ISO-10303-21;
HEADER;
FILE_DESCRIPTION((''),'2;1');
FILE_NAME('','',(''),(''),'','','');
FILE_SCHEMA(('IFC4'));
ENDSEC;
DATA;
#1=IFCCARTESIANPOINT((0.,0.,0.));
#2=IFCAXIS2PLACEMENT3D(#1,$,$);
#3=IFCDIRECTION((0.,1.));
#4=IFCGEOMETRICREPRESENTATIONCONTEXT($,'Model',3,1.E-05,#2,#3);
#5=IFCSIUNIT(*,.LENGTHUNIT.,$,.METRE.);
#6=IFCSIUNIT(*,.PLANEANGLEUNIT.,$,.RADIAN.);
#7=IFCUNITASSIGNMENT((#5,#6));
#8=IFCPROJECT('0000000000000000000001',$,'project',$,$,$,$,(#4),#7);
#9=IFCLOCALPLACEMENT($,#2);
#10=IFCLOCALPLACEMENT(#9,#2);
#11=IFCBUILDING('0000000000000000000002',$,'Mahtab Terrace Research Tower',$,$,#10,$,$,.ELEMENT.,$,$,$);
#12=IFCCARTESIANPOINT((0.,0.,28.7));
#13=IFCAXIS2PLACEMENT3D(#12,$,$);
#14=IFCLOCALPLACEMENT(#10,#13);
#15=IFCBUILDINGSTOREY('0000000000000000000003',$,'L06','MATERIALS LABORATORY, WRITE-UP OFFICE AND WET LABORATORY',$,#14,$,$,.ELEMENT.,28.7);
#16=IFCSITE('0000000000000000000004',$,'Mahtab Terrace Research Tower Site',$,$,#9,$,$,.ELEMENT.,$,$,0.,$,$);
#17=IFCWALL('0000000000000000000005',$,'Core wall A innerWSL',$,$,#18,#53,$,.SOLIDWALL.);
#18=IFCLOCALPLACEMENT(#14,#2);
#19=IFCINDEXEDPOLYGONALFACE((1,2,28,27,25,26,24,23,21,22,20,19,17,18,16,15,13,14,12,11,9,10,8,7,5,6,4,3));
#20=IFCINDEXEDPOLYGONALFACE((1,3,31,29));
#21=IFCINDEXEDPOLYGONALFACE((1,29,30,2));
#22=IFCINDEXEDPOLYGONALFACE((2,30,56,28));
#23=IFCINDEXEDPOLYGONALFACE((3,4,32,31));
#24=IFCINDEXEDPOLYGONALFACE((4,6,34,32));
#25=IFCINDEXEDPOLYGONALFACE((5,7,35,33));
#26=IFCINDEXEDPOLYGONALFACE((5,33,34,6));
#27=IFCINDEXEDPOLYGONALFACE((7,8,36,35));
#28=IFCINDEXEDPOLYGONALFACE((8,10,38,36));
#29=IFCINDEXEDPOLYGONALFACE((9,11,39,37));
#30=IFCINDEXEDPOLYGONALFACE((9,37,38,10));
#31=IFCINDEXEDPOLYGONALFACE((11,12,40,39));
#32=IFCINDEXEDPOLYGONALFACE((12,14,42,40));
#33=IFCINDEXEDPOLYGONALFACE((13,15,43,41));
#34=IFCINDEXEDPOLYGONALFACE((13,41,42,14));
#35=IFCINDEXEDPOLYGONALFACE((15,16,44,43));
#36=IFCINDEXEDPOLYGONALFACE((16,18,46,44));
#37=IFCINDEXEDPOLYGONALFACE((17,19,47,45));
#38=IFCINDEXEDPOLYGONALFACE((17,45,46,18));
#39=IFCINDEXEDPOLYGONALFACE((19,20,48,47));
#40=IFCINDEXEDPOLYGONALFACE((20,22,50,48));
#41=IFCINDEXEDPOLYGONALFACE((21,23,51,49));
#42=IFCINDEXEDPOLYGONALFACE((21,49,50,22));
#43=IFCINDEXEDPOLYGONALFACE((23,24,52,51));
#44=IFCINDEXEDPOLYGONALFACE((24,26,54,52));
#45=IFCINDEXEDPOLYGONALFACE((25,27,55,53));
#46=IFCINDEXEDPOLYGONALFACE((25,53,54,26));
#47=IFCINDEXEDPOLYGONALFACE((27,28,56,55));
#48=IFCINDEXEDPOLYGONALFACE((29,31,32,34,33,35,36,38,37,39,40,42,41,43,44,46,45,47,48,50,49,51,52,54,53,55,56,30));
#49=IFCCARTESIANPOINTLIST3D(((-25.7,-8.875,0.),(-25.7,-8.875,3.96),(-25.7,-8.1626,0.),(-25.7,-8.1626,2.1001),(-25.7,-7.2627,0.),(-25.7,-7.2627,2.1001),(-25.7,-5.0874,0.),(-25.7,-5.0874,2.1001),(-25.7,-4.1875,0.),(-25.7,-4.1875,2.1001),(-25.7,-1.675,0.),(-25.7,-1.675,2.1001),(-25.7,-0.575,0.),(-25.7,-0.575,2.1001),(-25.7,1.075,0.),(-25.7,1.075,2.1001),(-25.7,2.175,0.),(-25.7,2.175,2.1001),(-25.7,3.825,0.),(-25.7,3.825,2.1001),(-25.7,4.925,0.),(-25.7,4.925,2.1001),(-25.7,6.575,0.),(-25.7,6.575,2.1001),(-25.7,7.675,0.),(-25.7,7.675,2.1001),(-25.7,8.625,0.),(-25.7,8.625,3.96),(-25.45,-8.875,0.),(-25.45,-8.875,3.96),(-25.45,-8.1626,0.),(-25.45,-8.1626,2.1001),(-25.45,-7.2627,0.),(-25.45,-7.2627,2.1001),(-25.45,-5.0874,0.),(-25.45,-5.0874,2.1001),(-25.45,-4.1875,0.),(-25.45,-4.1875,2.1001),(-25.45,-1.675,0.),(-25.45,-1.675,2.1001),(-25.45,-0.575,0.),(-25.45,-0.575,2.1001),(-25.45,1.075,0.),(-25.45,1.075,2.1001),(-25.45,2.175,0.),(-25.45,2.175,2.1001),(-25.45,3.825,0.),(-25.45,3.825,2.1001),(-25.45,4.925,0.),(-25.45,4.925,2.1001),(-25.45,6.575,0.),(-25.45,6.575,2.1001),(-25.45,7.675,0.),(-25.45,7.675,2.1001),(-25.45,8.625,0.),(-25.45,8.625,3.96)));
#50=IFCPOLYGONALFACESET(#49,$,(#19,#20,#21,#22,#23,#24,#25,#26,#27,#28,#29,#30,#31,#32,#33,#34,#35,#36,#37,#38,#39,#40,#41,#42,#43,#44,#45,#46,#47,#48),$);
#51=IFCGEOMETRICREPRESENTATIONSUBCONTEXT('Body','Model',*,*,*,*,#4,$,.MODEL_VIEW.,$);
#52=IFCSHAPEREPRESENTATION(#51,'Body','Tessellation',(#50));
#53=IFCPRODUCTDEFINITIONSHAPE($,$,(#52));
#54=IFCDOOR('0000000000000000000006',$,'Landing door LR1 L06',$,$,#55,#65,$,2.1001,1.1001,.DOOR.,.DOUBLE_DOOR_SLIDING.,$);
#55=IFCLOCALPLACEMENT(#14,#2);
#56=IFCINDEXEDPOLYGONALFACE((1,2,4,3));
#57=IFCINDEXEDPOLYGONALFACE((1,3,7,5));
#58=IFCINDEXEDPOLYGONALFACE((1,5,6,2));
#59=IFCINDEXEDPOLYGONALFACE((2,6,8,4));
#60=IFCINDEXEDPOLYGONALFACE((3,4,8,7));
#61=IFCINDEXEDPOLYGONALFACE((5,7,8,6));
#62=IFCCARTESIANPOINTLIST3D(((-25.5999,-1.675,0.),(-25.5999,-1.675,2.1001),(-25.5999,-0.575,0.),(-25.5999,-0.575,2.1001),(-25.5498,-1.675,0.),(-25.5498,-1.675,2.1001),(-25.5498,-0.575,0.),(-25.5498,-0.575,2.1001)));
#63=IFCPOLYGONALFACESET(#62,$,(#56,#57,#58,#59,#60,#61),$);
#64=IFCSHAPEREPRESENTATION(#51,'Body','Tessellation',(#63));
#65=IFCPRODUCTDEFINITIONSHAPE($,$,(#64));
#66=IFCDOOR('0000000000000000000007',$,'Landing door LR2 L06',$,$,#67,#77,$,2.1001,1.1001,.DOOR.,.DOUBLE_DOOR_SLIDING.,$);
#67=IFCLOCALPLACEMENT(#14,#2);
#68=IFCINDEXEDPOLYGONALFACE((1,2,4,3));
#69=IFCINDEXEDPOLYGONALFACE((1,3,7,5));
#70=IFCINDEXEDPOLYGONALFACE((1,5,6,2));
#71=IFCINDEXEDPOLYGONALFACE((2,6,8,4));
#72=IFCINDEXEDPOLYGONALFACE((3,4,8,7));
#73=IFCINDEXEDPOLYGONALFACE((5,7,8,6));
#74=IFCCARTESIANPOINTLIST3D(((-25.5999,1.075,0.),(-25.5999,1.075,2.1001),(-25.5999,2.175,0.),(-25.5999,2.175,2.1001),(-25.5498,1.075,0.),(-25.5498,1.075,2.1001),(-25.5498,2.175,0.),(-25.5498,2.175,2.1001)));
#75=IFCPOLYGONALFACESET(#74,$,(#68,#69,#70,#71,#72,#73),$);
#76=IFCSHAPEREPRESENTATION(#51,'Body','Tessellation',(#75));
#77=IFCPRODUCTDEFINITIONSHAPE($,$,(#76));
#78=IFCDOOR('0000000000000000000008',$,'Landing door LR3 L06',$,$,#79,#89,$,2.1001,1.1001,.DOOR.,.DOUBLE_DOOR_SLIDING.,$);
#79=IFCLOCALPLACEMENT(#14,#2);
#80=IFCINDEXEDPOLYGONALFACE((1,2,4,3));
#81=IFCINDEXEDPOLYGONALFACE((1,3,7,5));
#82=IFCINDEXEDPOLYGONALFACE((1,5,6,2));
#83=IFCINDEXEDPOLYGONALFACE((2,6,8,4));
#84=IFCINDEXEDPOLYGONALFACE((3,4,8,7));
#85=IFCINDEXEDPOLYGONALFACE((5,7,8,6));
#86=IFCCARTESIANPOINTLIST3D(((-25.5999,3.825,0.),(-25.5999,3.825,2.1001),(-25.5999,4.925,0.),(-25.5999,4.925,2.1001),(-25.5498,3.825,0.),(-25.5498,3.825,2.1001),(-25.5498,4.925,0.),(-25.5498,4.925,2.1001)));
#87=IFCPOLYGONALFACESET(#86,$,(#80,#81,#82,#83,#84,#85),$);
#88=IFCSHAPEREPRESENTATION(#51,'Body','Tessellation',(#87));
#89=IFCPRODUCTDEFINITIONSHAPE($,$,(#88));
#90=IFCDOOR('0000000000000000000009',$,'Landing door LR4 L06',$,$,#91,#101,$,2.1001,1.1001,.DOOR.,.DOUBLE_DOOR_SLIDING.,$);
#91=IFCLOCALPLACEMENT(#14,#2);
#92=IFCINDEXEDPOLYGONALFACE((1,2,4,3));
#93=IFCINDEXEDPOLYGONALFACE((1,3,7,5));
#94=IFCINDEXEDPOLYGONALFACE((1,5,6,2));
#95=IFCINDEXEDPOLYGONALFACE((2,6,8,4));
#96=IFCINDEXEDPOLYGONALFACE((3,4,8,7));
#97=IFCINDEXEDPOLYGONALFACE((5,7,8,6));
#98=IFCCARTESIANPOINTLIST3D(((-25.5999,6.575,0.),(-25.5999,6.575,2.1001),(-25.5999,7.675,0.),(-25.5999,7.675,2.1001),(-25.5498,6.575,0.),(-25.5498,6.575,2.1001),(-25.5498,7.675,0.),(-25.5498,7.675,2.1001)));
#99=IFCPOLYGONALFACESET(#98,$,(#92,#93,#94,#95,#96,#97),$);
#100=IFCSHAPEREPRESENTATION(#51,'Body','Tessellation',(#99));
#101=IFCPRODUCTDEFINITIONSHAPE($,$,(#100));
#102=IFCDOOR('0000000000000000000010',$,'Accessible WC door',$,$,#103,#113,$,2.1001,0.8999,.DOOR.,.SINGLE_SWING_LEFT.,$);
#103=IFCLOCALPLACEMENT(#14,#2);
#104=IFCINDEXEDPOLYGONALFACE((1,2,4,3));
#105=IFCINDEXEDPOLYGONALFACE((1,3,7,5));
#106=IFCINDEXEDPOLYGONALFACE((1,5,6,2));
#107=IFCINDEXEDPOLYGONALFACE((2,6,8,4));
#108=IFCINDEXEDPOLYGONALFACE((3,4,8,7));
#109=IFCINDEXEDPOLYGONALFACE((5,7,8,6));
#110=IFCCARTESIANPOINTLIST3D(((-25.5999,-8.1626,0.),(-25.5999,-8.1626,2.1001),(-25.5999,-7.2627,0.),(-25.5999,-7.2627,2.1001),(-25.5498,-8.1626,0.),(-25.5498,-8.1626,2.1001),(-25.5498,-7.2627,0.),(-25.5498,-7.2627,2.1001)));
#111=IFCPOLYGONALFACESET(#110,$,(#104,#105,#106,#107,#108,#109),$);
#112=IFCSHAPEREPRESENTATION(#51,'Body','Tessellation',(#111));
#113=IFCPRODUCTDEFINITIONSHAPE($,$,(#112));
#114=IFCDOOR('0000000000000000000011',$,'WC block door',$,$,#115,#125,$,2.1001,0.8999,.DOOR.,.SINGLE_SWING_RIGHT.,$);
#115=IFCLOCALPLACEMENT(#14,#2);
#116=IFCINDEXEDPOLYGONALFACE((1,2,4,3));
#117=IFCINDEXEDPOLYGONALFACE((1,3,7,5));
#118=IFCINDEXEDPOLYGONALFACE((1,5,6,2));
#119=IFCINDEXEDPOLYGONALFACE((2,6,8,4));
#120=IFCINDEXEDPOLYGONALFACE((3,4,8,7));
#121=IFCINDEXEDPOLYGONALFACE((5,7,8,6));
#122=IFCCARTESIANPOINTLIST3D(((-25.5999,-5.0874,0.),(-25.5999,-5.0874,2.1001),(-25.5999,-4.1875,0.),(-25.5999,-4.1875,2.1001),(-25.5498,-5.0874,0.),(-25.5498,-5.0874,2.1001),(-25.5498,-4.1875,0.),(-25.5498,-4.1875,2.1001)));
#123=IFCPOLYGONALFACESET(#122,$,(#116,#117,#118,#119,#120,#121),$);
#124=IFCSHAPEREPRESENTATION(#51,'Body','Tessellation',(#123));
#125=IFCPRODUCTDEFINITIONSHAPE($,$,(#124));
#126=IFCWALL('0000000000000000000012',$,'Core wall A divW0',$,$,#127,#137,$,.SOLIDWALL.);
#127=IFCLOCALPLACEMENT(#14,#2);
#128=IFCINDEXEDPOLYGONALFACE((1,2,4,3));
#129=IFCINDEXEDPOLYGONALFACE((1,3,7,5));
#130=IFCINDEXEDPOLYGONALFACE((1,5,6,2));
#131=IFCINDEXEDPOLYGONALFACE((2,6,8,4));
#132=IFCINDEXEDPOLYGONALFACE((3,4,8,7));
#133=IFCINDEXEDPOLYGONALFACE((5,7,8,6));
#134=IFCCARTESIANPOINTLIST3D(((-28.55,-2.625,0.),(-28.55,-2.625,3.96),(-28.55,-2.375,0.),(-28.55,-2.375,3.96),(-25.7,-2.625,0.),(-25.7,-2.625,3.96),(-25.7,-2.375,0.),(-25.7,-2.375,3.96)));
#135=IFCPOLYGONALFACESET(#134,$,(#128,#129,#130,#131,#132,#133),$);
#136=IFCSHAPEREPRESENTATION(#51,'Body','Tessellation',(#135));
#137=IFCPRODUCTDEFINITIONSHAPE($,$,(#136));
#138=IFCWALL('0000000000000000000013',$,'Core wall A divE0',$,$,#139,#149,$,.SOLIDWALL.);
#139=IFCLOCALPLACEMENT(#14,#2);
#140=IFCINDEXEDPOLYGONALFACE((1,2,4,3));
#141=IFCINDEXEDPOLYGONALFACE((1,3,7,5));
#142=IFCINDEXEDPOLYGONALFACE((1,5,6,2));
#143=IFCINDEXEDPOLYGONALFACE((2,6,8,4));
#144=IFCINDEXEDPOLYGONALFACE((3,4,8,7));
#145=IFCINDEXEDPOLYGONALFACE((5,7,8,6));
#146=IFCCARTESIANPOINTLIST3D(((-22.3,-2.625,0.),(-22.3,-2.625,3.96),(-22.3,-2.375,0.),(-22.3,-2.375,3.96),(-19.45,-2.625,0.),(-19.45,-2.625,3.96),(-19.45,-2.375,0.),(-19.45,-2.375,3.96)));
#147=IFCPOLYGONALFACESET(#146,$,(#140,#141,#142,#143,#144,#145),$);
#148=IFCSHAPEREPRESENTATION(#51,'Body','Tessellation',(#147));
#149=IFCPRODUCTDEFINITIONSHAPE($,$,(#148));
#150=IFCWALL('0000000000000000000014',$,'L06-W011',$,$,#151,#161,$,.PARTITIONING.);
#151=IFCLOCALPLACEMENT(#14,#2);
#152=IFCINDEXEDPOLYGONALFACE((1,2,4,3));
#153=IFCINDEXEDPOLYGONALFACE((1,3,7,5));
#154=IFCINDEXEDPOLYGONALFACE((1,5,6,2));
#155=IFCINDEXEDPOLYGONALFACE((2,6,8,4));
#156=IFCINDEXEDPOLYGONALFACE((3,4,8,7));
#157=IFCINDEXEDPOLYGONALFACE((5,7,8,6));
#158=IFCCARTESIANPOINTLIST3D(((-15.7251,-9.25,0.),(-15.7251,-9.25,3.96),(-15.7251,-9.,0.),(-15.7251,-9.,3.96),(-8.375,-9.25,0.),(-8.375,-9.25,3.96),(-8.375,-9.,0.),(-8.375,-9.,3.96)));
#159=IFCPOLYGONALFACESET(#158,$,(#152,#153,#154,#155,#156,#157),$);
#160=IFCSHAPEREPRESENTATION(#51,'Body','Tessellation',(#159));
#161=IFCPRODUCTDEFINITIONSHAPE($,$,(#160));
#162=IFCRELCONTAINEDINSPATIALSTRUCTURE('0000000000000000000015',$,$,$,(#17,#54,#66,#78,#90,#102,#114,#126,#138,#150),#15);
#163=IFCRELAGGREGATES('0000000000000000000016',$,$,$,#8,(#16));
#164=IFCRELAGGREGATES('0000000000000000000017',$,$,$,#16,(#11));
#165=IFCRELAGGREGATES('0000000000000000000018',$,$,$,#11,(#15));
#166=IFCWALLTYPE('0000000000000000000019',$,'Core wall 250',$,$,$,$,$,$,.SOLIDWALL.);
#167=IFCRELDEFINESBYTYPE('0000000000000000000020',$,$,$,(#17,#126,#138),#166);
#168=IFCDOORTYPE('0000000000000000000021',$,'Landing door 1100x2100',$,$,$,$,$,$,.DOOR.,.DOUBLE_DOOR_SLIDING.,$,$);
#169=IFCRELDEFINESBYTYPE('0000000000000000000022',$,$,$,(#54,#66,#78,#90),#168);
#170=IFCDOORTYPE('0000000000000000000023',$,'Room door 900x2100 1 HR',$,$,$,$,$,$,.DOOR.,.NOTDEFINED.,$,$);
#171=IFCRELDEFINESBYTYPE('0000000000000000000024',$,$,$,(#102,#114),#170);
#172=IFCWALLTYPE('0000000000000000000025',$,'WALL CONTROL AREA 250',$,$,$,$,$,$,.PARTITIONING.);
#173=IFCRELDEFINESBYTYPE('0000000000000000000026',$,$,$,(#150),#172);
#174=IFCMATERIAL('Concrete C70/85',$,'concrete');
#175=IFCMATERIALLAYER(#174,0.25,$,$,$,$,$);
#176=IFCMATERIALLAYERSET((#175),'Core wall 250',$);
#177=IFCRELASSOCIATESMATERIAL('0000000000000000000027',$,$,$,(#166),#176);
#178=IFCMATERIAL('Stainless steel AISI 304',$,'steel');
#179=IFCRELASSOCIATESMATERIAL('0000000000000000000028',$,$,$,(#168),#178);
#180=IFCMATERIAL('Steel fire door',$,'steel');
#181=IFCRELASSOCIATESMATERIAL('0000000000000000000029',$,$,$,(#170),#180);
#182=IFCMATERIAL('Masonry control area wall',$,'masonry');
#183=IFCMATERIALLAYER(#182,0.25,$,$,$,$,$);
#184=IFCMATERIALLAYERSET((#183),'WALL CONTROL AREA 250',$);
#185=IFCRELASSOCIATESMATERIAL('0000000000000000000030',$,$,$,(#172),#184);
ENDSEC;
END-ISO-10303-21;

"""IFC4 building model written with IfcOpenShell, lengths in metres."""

from ifc_helpers import new_model, si_unit, direction, frame, frame_2d, origin, place, context, subcontext, project, spatial, rectangle, extrude, material, layer, layer_set, type_object, element, fill, save


model = new_model("IFC4")

# Units and contexts
model_context = context("Model", 3, precision=1e-05, world=origin(), true_north=direction((0.0, 1.0)))
body_context = subcontext(model_context, "Body", "Model", "MODEL_VIEW")
ifc_project = project(units=[si_unit("LENGTHUNIT", "METRE"), si_unit("PLANEANGLEUNIT", "RADIAN")], contexts=[model_context])

# Site, building, storey
site_placement = place(None, origin())
site = spatial("IfcSite", under=ifc_project, at=site_placement, Name="Mahtab Terrace Research Tower Site", CompositionType="ELEMENT", RefElevation=0.0)
building_placement = place(site_placement, origin())
building = spatial("IfcBuilding", under=site, at=building_placement, Name="Mahtab Terrace Research Tower", CompositionType="ELEMENT")
storey_placement = place(building_placement, frame((0.0, 0.0, 28.7)))
storey = spatial("IfcBuildingStorey", under=building, at=storey_placement, Name="L06", Description="MATERIALS LABORATORY, WRITE-UP OFFICE AND WET LABORATORY", CompositionType="ELEMENT", Elevation=28.7)

# Shared definitions
ifc_material_1 = material(Name="Concrete C70/85", Category="concrete")

# Shared definitions
ifc_layer_1 = layer(ifc_material_1, 0.25)
ifc_layer_set_1 = layer_set([ifc_layer_1], Name="Core wall 250")
wall_type_1 = type_object("IfcWallType", Name="Core wall 250", PredefinedType="SOLIDWALL", material=ifc_layer_set_1)

# Shared definitions
ifc_material_2 = material(Name="Steel fire door", Category="steel")

# Wall, openings, doors
wall_1_placement = place(storey_placement, frame((-25.575, -8.875, 0.0), z_axis=(0.0, 0.0, 1.0), x_axis=(0.0, 1.0, 0.0)))
wall_1 = element("IfcWall", 1, at=wall_1_placement, inside=storey, type_object=wall_type_1, Name="Core wall A innerWSL", PredefinedType="SOLIDWALL", context=body_context, shape_type="SweptSolid", body=[
    extrude(rectangle(XDim=17.5, YDim=0.25, at=frame_2d((8.75, 0.0))), origin(), (0.0, 0.0, 1.0), 3.96),
])
opening_1_placement = place(wall_1_placement, frame((7.2, 0.0, 0.0)))
opening_1 = element("IfcOpeningElement", 2, at=opening_1_placement, cuts=wall_1, PredefinedType="OPENING", context=body_context, shape_type="SweptSolid", body=[
    extrude(rectangle(XDim=1.1001, YDim=2.1001, at=frame_2d((0.55, 1.05))), frame((0.0, 0.135, 0.0), z_axis=(0.0, -1.0, 0.0), x_axis=(1.0, 0.0, 0.0)), (0.0, 0.0, 1.0), 0.27),
])
opening_2_placement = place(wall_1_placement, frame((9.95, 0.0, 0.0)))
opening_2 = element("IfcOpeningElement", 3, at=opening_2_placement, cuts=wall_1, PredefinedType="OPENING", context=body_context, shape_type="SweptSolid", body=[
    extrude(rectangle(XDim=1.1001, YDim=2.1001, at=frame_2d((0.55, 1.05))), frame((0.0, 0.135, 0.0), z_axis=(0.0, -1.0, 0.0), x_axis=(1.0, 0.0, 0.0)), (0.0, 0.0, 1.0), 0.27),
])
opening_3_placement = place(wall_1_placement, frame((12.7, 0.0, 0.0)))
opening_3 = element("IfcOpeningElement", 4, at=opening_3_placement, cuts=wall_1, PredefinedType="OPENING", context=body_context, shape_type="SweptSolid", body=[
    extrude(rectangle(XDim=1.1001, YDim=2.1001, at=frame_2d((0.55, 1.05))), frame((0.0, 0.135, 0.0), z_axis=(0.0, -1.0, 0.0), x_axis=(1.0, 0.0, 0.0)), (0.0, 0.0, 1.0), 0.27),
])
opening_4_placement = place(wall_1_placement, frame((15.45, 0.0, 0.0)))
opening_4 = element("IfcOpeningElement", 5, at=opening_4_placement, cuts=wall_1, PredefinedType="OPENING", context=body_context, shape_type="SweptSolid", body=[
    extrude(rectangle(XDim=1.1001, YDim=2.1001, at=frame_2d((0.55, 1.05))), frame((0.0, 0.135, 0.0), z_axis=(0.0, -1.0, 0.0), x_axis=(1.0, 0.0, 0.0)), (0.0, 0.0, 1.0), 0.27),
])
opening_5_placement = place(wall_1_placement, frame((0.7124, 0.0, 0.0)))
opening_5 = element("IfcOpeningElement", 6, at=opening_5_placement, cuts=wall_1, PredefinedType="OPENING", context=body_context, shape_type="SweptSolid", body=[
    extrude(rectangle(XDim=0.8999, YDim=2.1001, at=frame_2d((0.45, 1.05))), frame((0.0, 0.135, 0.0), z_axis=(0.0, -1.0, 0.0), x_axis=(1.0, 0.0, 0.0)), (0.0, 0.0, 1.0), 0.27),
])
opening_6_placement = place(wall_1_placement, frame((3.7876, 0.0, 0.0)))
opening_6 = element("IfcOpeningElement", 7, at=opening_6_placement, cuts=wall_1, PredefinedType="OPENING", context=body_context, shape_type="SweptSolid", body=[
    extrude(rectangle(XDim=0.8999, YDim=2.1001, at=frame_2d((0.45, 1.05))), frame((0.0, 0.135, 0.0), z_axis=(0.0, -1.0, 0.0), x_axis=(1.0, 0.0, 0.0)), (0.0, 0.0, 1.0), 0.27),
])
ifc_material_3 = material(Name="Stainless steel AISI 304", Category="steel")
door_type_1 = type_object("IfcDoorType", Name="Landing door 1100x2100", OperationType="DOUBLE_DOOR_SLIDING", PredefinedType="DOOR", material=ifc_material_3)
door_1_placement = place(opening_1_placement, origin())
door_1 = element("IfcDoor", 8, at=door_1_placement, inside=storey, type_object=door_type_1, Name="Landing door LR1 L06", OperationType="DOUBLE_DOOR_SLIDING", OverallHeight=2.1001, OverallWidth=1.1001, PredefinedType="DOOR", context=body_context, shape_type="SweptSolid", body=[
    extrude(rectangle(XDim=1.1001, YDim=2.1001, at=frame_2d((0.55, 1.05))), frame((0.0, 0.0249, 0.0), z_axis=(0.0, -1.0, 0.0), x_axis=(1.0, 0.0, 0.0)), (0.0, 0.0, 1.0), 0.05),
])
fill(opening_1, door_1)
door_2_placement = place(opening_2_placement, origin())
door_2 = element("IfcDoor", 9, at=door_2_placement, inside=storey, type_object=door_type_1, Name="Landing door LR2 L06", OperationType="DOUBLE_DOOR_SLIDING", OverallHeight=2.1001, OverallWidth=1.1001, PredefinedType="DOOR", context=body_context, shape_type="SweptSolid", body=[
    extrude(rectangle(XDim=1.1001, YDim=2.1001, at=frame_2d((0.55, 1.05))), frame((0.0, 0.0249, 0.0), z_axis=(0.0, -1.0, 0.0), x_axis=(1.0, 0.0, 0.0)), (0.0, 0.0, 1.0), 0.05),
])
fill(opening_2, door_2)
door_3_placement = place(opening_3_placement, origin())
door_3 = element("IfcDoor", 10, at=door_3_placement, inside=storey, type_object=door_type_1, Name="Landing door LR3 L06", OperationType="DOUBLE_DOOR_SLIDING", OverallHeight=2.1001, OverallWidth=1.1001, PredefinedType="DOOR", context=body_context, shape_type="SweptSolid", body=[
    extrude(rectangle(XDim=1.1001, YDim=2.1001, at=frame_2d((0.55, 1.05))), frame((0.0, 0.0249, 0.0), z_axis=(0.0, -1.0, 0.0), x_axis=(1.0, 0.0, 0.0)), (0.0, 0.0, 1.0), 0.05),
])
fill(opening_3, door_3)
door_4_placement = place(opening_4_placement, origin())
door_4 = element("IfcDoor", 11, at=door_4_placement, inside=storey, type_object=door_type_1, Name="Landing door LR4 L06", OperationType="DOUBLE_DOOR_SLIDING", OverallHeight=2.1001, OverallWidth=1.1001, PredefinedType="DOOR", context=body_context, shape_type="SweptSolid", body=[
    extrude(rectangle(XDim=1.1001, YDim=2.1001, at=frame_2d((0.55, 1.05))), frame((0.0, 0.0249, 0.0), z_axis=(0.0, -1.0, 0.0), x_axis=(1.0, 0.0, 0.0)), (0.0, 0.0, 1.0), 0.05),
])
fill(opening_4, door_4)
door_type_2 = type_object("IfcDoorType", Name="Room door 900x2100 1 HR", OperationType="NOTDEFINED", PredefinedType="DOOR", material=ifc_material_2)
door_5_placement = place(opening_5_placement, origin())
door_5 = element("IfcDoor", 12, at=door_5_placement, inside=storey, type_object=door_type_2, Name="Accessible WC door", OperationType="SINGLE_SWING_LEFT", OverallHeight=2.1001, OverallWidth=0.8999, PredefinedType="DOOR", context=body_context, shape_type="SweptSolid", body=[
    extrude(rectangle(XDim=0.8999, YDim=2.1001, at=frame_2d((0.45, 1.05))), frame((0.0, 0.0249, 0.0), z_axis=(0.0, -1.0, 0.0), x_axis=(1.0, 0.0, 0.0)), (0.0, 0.0, 1.0), 0.05),
])
fill(opening_5, door_5)
door_6_placement = place(opening_6_placement, origin())
door_6 = element("IfcDoor", 13, at=door_6_placement, inside=storey, type_object=door_type_2, Name="WC block door", OperationType="SINGLE_SWING_RIGHT", OverallHeight=2.1001, OverallWidth=0.8999, PredefinedType="DOOR", context=body_context, shape_type="SweptSolid", body=[
    extrude(rectangle(XDim=0.8999, YDim=2.1001, at=frame_2d((0.45, 1.05))), frame((0.0, 0.0249, 0.0), z_axis=(0.0, -1.0, 0.0), x_axis=(1.0, 0.0, 0.0)), (0.0, 0.0, 1.0), 0.05),
])
fill(opening_6, door_6)

# Walls
for number, where, z_axis, x_axis, name in (
    (14, (-28.55, -2.5, 0.0), (0.0, 0.0, 1.0), (1.0, 0.0, 0.0), "Core wall A divW0"),
    (15, (-22.3, -2.5, 0.0), (0.0, 0.0, 1.0), (1.0, 0.0, 0.0), "Core wall A divE0"),
):
    element("IfcWall", number, at=place(storey_placement, frame(where, z_axis=z_axis, x_axis=x_axis)), inside=storey, type_object=wall_type_1, Name=name, PredefinedType="SOLIDWALL", context=body_context, shape_type="SweptSolid", body=[
        extrude(rectangle(XDim=2.8501, YDim=0.25, at=frame_2d((1.425, 0.0))), origin(), (0.0, 0.0, 1.0), 3.96),
    ])
ifc_material_4 = material(Name="Masonry control area wall", Category="masonry")
ifc_layer_2 = layer(ifc_material_4, 0.25)
ifc_layer_set_2 = layer_set([ifc_layer_2], Name="WALL CONTROL AREA 250")
wall_type_2 = type_object("IfcWallType", Name="WALL CONTROL AREA 250", PredefinedType="PARTITIONING", material=ifc_layer_set_2)
wall_2_placement = place(storey_placement, frame((-15.7251, -9.125, 0.0), z_axis=(0.0, 0.0, 1.0), x_axis=(1.0, 0.0, 0.0)))
element("IfcWall", 16, at=wall_2_placement, inside=storey, type_object=wall_type_2, Name="L06-W011", PredefinedType="PARTITIONING", context=body_context, shape_type="SweptSolid", body=[
    extrude(rectangle(XDim=7.3501, YDim=0.25, at=frame_2d((3.675, 0.0))), origin(), (0.0, 0.0, 1.0), 3.96),
])

save(model, "model.ifc")
